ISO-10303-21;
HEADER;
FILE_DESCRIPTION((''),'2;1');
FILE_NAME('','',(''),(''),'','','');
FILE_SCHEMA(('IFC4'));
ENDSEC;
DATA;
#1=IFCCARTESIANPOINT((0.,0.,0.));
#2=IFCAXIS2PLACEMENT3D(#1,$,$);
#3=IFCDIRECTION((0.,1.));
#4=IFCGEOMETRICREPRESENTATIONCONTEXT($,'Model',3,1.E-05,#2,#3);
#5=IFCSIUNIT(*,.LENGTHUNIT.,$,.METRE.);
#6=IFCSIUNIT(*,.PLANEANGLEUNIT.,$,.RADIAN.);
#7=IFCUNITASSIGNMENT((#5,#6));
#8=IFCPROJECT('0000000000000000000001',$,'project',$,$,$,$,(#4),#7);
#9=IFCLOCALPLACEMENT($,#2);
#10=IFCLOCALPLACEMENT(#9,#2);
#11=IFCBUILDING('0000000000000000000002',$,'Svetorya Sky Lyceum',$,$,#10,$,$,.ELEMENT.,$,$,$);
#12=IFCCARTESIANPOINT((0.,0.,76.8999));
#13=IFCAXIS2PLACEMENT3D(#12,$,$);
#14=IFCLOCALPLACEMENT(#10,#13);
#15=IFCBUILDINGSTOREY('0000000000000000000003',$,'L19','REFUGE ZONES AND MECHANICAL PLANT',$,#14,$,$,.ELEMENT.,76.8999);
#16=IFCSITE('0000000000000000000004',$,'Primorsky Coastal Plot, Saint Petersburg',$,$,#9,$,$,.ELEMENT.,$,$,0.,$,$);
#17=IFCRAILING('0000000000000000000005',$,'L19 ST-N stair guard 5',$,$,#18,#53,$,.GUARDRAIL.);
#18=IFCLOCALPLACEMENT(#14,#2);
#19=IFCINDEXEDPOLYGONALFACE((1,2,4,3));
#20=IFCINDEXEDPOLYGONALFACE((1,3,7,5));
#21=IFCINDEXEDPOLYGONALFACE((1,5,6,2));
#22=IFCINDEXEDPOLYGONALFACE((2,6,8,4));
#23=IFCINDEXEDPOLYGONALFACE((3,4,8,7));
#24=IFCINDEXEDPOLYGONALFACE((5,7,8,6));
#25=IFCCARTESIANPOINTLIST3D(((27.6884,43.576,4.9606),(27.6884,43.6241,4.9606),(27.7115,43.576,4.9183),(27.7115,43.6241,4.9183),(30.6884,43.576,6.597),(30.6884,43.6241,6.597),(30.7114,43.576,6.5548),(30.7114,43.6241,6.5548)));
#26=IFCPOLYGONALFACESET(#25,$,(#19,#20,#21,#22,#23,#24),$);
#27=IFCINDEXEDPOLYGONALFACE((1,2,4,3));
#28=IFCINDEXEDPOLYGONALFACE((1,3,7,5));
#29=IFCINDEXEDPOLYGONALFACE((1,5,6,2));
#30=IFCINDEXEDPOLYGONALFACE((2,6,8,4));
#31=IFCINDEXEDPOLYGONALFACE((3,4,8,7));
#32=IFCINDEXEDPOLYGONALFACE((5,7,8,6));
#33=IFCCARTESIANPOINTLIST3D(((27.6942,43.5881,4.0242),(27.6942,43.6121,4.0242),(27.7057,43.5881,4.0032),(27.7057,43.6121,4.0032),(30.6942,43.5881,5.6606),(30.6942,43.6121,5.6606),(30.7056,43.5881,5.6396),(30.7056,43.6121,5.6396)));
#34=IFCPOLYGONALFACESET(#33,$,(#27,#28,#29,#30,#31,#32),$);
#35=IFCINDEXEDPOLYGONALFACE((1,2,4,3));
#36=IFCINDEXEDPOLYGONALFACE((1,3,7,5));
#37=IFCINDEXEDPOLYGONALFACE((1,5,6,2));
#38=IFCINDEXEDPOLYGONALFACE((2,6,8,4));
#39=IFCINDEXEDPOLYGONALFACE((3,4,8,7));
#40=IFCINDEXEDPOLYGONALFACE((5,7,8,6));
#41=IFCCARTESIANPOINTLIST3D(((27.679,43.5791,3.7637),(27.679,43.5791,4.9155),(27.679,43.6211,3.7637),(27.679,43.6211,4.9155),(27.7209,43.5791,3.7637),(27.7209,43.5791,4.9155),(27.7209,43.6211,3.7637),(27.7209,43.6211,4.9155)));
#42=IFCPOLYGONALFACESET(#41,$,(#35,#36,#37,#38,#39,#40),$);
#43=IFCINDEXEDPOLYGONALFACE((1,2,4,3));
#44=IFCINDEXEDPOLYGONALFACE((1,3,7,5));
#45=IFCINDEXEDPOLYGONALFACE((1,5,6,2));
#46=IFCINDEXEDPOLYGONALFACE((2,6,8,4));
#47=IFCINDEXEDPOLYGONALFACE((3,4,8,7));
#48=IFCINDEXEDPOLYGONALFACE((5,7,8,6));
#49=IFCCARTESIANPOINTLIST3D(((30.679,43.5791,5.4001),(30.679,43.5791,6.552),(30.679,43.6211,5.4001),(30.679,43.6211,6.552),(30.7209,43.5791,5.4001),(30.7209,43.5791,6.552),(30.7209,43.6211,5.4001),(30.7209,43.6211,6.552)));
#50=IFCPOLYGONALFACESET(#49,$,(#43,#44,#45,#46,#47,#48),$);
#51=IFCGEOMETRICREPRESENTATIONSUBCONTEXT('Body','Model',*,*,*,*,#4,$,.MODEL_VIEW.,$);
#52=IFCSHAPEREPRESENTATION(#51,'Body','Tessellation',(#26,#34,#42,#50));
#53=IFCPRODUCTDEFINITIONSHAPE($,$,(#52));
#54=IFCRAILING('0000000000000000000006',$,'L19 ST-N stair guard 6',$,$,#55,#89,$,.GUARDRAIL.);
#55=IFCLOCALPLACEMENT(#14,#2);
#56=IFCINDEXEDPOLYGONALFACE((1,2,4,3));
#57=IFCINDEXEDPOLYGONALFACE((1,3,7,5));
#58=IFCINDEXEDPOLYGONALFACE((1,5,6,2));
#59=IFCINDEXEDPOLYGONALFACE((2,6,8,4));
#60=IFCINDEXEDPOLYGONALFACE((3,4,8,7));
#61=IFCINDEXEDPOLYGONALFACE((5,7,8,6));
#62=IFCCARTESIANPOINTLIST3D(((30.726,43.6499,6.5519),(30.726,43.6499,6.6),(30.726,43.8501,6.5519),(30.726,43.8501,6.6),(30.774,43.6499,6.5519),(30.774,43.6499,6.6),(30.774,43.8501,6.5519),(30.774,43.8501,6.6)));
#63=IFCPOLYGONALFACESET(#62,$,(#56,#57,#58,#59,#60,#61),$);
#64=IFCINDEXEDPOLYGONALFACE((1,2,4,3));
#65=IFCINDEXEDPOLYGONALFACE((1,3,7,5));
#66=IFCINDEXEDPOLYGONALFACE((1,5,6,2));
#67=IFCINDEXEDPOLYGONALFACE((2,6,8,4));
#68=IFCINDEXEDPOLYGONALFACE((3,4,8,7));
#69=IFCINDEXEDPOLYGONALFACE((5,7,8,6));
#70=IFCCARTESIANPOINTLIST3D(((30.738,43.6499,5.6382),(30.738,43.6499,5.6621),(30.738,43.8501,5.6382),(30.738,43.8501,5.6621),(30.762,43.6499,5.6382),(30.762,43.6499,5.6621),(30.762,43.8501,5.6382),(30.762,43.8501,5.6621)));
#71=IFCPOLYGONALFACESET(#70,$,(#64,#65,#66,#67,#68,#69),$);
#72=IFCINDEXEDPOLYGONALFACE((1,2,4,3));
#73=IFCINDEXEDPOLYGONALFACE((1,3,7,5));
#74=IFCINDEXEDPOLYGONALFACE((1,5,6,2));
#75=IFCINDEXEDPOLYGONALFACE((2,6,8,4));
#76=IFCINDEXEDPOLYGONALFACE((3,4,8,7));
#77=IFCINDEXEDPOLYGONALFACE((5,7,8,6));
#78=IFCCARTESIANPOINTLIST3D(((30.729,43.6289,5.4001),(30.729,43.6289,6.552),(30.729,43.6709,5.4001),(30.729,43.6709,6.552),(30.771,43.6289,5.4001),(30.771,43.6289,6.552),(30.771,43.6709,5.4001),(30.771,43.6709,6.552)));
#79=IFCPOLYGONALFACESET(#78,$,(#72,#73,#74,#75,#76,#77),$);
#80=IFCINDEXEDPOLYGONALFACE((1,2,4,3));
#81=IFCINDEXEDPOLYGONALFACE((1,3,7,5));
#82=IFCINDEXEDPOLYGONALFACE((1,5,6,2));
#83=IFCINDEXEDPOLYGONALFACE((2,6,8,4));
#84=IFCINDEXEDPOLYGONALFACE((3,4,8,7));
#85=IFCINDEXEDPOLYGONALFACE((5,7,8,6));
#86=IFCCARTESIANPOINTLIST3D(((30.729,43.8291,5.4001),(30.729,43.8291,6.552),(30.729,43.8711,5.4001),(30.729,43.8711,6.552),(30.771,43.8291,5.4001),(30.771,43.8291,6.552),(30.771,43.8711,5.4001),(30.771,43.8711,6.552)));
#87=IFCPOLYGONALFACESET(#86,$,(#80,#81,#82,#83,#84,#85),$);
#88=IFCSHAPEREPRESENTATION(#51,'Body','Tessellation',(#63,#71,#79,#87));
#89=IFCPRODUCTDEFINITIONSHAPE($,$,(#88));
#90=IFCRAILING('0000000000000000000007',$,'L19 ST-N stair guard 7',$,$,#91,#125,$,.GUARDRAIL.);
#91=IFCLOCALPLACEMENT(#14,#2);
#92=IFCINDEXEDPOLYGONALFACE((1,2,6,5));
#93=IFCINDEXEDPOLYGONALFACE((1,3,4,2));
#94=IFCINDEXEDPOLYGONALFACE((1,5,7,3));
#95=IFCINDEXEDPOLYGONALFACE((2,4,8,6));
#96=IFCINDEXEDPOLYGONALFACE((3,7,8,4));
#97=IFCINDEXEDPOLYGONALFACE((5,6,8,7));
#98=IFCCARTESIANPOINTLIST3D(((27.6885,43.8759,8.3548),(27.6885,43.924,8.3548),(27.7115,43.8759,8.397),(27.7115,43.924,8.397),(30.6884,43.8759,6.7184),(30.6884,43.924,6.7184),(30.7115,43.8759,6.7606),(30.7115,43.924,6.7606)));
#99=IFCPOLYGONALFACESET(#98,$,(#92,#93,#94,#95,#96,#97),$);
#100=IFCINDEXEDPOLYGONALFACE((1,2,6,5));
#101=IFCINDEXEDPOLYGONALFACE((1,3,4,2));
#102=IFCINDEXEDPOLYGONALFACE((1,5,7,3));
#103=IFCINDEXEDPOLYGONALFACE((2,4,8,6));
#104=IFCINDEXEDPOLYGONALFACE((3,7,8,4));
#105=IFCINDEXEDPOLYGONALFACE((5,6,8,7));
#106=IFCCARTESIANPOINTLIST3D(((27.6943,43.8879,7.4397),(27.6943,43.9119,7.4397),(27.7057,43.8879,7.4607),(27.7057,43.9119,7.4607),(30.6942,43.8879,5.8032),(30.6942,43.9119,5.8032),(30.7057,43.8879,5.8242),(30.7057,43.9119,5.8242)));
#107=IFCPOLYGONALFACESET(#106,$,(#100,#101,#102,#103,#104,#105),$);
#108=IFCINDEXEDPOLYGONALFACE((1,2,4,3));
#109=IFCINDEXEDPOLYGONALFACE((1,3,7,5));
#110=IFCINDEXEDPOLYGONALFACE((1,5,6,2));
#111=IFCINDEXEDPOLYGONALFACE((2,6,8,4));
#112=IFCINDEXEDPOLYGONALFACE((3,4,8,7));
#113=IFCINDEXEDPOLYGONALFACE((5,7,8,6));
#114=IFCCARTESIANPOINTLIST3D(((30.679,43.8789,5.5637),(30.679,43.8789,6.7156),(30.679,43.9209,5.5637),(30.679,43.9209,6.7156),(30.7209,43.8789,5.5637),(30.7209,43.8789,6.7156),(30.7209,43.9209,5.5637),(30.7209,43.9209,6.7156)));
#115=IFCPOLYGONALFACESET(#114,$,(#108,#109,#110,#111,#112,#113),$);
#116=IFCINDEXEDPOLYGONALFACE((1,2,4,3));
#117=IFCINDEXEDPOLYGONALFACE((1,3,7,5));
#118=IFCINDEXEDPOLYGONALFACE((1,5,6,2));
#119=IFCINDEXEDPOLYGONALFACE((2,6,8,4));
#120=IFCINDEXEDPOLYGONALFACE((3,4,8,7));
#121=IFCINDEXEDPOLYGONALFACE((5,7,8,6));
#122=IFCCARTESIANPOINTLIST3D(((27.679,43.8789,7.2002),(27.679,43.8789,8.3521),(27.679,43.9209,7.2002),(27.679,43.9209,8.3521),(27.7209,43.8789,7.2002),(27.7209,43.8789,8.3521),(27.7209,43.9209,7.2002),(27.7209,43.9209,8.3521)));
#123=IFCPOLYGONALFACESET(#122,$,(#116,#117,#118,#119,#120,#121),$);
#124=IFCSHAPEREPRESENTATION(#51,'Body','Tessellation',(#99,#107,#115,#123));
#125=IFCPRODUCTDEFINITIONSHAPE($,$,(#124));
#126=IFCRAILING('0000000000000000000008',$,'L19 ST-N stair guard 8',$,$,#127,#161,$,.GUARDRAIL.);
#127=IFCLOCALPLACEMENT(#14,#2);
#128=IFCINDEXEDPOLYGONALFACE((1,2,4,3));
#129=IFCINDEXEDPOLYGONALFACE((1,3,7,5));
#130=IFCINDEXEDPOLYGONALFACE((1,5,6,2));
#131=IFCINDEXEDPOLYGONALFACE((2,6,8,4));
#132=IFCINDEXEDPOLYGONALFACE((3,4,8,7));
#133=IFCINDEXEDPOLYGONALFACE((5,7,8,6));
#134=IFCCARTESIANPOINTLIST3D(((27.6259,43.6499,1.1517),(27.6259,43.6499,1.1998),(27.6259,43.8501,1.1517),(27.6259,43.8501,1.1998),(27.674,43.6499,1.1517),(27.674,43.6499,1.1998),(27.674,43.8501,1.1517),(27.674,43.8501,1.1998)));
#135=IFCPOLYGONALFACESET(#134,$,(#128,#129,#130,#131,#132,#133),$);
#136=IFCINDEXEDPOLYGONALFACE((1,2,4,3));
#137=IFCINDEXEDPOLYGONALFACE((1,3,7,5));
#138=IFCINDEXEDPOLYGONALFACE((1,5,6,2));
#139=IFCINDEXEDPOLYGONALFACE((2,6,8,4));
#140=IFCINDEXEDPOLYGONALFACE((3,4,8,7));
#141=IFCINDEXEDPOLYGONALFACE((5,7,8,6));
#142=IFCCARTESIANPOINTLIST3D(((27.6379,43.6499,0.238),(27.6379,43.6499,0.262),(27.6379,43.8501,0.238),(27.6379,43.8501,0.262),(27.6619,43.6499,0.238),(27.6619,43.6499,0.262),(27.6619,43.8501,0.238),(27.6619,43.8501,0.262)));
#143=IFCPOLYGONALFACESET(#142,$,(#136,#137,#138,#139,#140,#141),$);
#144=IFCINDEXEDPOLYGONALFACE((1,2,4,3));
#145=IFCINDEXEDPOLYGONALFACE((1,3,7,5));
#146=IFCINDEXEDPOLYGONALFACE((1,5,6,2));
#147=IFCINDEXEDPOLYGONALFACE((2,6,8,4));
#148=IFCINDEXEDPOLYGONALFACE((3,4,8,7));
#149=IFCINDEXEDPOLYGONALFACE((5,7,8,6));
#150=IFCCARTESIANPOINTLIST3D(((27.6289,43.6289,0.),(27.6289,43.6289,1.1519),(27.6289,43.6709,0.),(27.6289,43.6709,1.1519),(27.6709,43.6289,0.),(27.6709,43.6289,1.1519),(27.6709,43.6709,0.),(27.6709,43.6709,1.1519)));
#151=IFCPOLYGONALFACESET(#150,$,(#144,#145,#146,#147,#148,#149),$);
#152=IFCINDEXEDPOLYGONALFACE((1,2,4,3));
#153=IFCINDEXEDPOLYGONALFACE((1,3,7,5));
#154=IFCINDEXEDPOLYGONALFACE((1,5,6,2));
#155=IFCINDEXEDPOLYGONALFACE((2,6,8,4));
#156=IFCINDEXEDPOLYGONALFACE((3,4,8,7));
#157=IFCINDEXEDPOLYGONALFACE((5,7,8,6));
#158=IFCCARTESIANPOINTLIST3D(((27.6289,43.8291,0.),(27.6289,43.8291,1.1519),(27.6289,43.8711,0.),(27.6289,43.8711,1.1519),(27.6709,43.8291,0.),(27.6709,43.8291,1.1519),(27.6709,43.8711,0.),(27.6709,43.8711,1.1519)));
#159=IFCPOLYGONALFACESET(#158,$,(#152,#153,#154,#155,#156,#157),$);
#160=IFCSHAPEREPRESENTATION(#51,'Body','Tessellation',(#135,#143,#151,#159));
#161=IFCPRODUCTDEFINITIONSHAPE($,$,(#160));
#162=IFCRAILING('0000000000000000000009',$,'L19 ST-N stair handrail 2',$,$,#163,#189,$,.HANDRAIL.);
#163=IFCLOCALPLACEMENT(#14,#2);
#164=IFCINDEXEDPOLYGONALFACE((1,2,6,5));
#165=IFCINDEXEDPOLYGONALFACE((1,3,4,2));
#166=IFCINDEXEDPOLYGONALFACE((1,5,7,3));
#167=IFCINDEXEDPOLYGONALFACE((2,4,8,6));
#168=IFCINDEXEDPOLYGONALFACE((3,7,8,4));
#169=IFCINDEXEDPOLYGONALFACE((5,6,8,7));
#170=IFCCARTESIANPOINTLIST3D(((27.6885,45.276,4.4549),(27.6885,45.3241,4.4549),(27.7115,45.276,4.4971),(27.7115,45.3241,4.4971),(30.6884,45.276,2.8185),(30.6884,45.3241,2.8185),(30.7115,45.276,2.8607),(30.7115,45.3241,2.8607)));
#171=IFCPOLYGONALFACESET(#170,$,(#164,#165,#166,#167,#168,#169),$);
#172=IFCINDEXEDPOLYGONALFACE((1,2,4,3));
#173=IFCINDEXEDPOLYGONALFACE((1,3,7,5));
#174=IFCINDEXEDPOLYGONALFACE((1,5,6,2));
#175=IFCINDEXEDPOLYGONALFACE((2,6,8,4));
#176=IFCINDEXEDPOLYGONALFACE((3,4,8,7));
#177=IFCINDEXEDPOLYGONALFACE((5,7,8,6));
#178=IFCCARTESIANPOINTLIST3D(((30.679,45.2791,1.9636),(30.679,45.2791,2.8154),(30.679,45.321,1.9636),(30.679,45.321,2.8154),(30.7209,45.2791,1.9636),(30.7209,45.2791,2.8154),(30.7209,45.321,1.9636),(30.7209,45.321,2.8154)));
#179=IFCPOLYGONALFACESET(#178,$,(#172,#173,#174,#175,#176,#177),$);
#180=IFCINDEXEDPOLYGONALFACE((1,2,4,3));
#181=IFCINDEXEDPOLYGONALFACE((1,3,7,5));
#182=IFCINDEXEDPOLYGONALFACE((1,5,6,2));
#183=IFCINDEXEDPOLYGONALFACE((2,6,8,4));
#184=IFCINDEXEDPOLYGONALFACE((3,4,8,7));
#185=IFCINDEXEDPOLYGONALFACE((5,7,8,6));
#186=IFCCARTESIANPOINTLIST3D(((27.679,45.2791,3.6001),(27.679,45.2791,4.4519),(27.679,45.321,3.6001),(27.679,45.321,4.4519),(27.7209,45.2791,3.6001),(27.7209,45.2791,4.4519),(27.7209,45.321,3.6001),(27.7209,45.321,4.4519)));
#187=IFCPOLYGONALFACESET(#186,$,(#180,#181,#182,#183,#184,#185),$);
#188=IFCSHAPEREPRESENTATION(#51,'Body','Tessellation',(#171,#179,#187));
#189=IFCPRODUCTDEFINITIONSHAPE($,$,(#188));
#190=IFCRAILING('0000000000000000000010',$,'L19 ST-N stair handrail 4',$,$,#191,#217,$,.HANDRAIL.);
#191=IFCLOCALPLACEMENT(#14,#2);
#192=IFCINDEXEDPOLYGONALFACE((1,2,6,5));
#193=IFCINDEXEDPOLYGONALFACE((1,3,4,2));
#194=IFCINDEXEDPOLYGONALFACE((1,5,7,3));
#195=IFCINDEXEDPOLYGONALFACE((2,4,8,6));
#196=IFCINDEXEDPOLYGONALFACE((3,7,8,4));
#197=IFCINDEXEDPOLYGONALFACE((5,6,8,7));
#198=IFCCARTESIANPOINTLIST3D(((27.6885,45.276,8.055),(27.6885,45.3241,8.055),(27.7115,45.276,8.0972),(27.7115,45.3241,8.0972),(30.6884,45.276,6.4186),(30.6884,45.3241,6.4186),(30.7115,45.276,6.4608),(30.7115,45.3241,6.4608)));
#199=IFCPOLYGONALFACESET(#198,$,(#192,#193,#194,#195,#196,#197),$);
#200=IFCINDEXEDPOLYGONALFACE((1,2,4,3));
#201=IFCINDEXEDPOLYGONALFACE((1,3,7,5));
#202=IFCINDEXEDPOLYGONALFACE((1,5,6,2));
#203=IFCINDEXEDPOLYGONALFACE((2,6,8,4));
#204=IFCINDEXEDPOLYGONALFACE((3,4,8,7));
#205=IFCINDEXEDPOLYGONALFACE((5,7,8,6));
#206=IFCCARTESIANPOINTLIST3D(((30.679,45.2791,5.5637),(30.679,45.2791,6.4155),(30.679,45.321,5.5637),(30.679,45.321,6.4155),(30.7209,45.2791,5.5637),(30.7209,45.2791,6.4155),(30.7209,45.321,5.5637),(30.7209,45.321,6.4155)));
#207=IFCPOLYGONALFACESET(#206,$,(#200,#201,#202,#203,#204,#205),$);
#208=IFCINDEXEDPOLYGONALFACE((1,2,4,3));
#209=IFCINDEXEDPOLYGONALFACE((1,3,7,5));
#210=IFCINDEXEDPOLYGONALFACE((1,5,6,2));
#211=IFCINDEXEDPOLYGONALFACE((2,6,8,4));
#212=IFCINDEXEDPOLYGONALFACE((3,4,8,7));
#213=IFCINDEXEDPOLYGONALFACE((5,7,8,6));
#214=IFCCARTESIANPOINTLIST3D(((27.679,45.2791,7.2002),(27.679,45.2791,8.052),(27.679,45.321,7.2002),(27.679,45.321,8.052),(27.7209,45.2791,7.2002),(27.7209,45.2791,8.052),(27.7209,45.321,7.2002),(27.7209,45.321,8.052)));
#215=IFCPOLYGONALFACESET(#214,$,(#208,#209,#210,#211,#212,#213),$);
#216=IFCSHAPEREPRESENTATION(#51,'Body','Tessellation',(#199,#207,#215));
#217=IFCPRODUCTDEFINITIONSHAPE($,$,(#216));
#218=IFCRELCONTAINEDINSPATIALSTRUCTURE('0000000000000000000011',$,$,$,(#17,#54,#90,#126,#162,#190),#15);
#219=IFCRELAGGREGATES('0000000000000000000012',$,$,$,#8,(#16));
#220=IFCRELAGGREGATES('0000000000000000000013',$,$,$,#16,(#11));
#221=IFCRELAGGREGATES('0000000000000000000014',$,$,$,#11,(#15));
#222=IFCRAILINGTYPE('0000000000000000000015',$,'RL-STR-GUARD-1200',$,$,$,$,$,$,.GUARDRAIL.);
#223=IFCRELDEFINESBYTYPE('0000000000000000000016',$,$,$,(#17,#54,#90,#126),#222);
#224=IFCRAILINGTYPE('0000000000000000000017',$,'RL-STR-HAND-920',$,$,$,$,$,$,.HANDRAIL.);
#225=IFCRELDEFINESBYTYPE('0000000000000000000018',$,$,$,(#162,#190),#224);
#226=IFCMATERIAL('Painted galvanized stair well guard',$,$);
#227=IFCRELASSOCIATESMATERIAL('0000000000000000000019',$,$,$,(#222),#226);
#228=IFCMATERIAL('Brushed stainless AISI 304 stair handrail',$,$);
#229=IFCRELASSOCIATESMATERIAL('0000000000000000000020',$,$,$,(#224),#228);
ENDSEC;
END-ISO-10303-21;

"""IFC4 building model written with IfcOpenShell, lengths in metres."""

from ifc_helpers import new_model, si_unit, direction, frame, origin, origin_2d, place, context, subcontext, project, spatial, rectangle, extrude, material, type_object, element, save


model = new_model("IFC4")

# Units and contexts
model_context = context("Model", 3, precision=1e-05, world=origin(), true_north=direction((0.0, 1.0)))
body_context = subcontext(model_context, "Body", "Model", "MODEL_VIEW")
ifc_project = project(units=[si_unit("LENGTHUNIT", "METRE"), si_unit("PLANEANGLEUNIT", "RADIAN")], contexts=[model_context])

# Site, building, storey
site_placement = place(None, origin())
site = spatial("IfcSite", under=ifc_project, at=site_placement, Name="Primorsky Coastal Plot, Saint Petersburg", CompositionType="ELEMENT", RefElevation=0.0)
building_placement = place(site_placement, origin())
building = spatial("IfcBuilding", under=site, at=building_placement, Name="Svetorya Sky Lyceum", CompositionType="ELEMENT")
storey_placement = place(building_placement, frame((0.0, 0.0, 76.8999)))
storey = spatial("IfcBuildingStorey", under=building, at=storey_placement, Name="L19", Description="REFUGE ZONES AND MECHANICAL PLANT", CompositionType="ELEMENT", Elevation=76.8999)

# Railings
ifc_material_1 = material(Name="Painted galvanized stair well guard")
railing_type_1 = type_object("IfcRailingType", Name="RL-STR-GUARD-1200", PredefinedType="GUARDRAIL", material=ifc_material_1)
railing_1_placement = place(storey_placement, frame((27.7, 43.6001, 3.7637)))
element("IfcRailing", 1, at=railing_1_placement, inside=storey, type_object=railing_type_1, Name="L19 ST-N stair guard 5", PredefinedType="GUARDRAIL", context=body_context, shape_type="SweptSolid", body=[
    extrude(rectangle(XDim=0.0481, YDim=0.0481, at=origin_2d()), frame((0.0, 0.0, 1.1758), z_axis=(0.877882, 0.0, 0.478877), x_axis=(0.0, 1.0, 0.0)), (0.0, 0.0, 1.0), 3.4172),
    extrude(rectangle(XDim=0.0239, YDim=0.0239, at=origin_2d()), frame((0.0, 0.0, 0.25), z_axis=(0.877882, 0.0, 0.478877), x_axis=(0.0, 1.0, 0.0)), (0.0, 0.0, 1.0), 3.4172),
    extrude(rectangle(XDim=0.042, YDim=0.042, at=origin_2d()), origin(), (0.0, 0.0, 1.0), 1.1519),
    extrude(rectangle(XDim=0.042, YDim=0.042, at=origin_2d()), frame((3.0, 0.0, 1.6365)), (0.0, 0.0, 1.0), 1.1519),
])
railing_2_placement = place(storey_placement, frame((30.75, 43.6499, 5.4001)))
element("IfcRailing", 2, at=railing_2_placement, inside=storey, type_object=railing_type_1, Name="L19 ST-N stair guard 6", PredefinedType="GUARDRAIL", context=body_context, shape_type="SweptSolid", body=[
    extrude(rectangle(XDim=0.0481, YDim=0.0481, at=origin_2d()), frame((0.0, 0.0, 1.1758), z_axis=(0.0, 1.0, 0.0), x_axis=(-1.0, 0.0, 0.0)), (0.0, 0.0, 1.0), 0.2002),
    extrude(rectangle(XDim=0.0239, YDim=0.0239, at=origin_2d()), frame((0.0, 0.0, 0.25), z_axis=(0.0, 1.0, 0.0), x_axis=(-1.0, 0.0, 0.0)), (0.0, 0.0, 1.0), 0.2002),
    extrude(rectangle(XDim=0.042, YDim=0.042, at=origin_2d()), origin(), (0.0, 0.0, 1.0), 1.1519),
    extrude(rectangle(XDim=0.042, YDim=0.042, at=origin_2d()), frame((0.0, 0.2002, 0.0)), (0.0, 0.0, 1.0), 1.1519),
])
railing_3_placement = place(storey_placement, frame((30.7, 43.8999, 5.5637)))
element("IfcRailing", 3, at=railing_3_placement, inside=storey, type_object=railing_type_1, Name="L19 ST-N stair guard 7", PredefinedType="GUARDRAIL", context=body_context, shape_type="SweptSolid", body=[
    extrude(rectangle(XDim=0.0481, YDim=0.0481, at=origin_2d()), frame((0.0, 0.0, 1.1758), z_axis=(-0.877882, 0.0, 0.478877), x_axis=(0.0, -1.0, 0.0)), (0.0, 0.0, 1.0), 3.4172),
    extrude(rectangle(XDim=0.0239, YDim=0.0239, at=origin_2d()), frame((0.0, 0.0, 0.25), z_axis=(-0.877882, 0.0, 0.478877), x_axis=(0.0, -1.0, 0.0)), (0.0, 0.0, 1.0), 3.4172),
    extrude(rectangle(XDim=0.042, YDim=0.042, at=origin_2d()), origin(), (0.0, 0.0, 1.0), 1.1519),
    extrude(rectangle(XDim=0.042, YDim=0.042, at=origin_2d()), frame((-3.0, 0.0, 1.6365)), (0.0, 0.0, 1.0), 1.1519),
])
railing_4_placement = place(storey_placement, frame((27.6499, 43.6499, 0.0)))
element("IfcRailing", 4, at=railing_4_placement, inside=storey, type_object=railing_type_1, Name="L19 ST-N stair guard 8", PredefinedType="GUARDRAIL", context=body_context, shape_type="SweptSolid", body=[
    extrude(rectangle(XDim=0.0481, YDim=0.0481, at=origin_2d()), frame((0.0, 0.0, 1.1758), z_axis=(0.0, 1.0, 0.0), x_axis=(-1.0, 0.0, 0.0)), (0.0, 0.0, 1.0), 0.2002),
    extrude(rectangle(XDim=0.0239, YDim=0.0239, at=origin_2d()), frame((0.0, 0.0, 0.25), z_axis=(0.0, 1.0, 0.0), x_axis=(-1.0, 0.0, 0.0)), (0.0, 0.0, 1.0), 0.2002),
    extrude(rectangle(XDim=0.042, YDim=0.042, at=origin_2d()), origin(), (0.0, 0.0, 1.0), 1.1519),
    extrude(rectangle(XDim=0.042, YDim=0.042, at=origin_2d()), frame((0.0, 0.2002, 0.0)), (0.0, 0.0, 1.0), 1.1519),
])
ifc_material_2 = material(Name="Brushed stainless AISI 304 stair handrail")
railing_type_2 = type_object("IfcRailingType", Name="RL-STR-HAND-920", PredefinedType="HANDRAIL", material=ifc_material_2)
for number, where, name in (
    (5, (30.7, 45.3, 1.9636), "L19 ST-N stair handrail 2"),
    (6, (30.7, 45.3, 5.5637), "L19 ST-N stair handrail 4"),
):
    element("IfcRailing", number, at=place(storey_placement, frame(where)), inside=storey, type_object=railing_type_2, Name=name, PredefinedType="HANDRAIL", context=body_context, shape_type="SweptSolid", body=[
        extrude(rectangle(XDim=0.0481, YDim=0.0481, at=origin_2d()), frame((0.0, 0.0, 0.876), z_axis=(-0.877882, 0.0, 0.478877), x_axis=(0.0, -1.0, 0.0)), (0.0, 0.0, 1.0), 3.4172),
        extrude(rectangle(XDim=0.042, YDim=0.042, at=origin_2d()), origin(), (0.0, 0.0, 1.0), 0.8518),
        extrude(rectangle(XDim=0.042, YDim=0.042, at=origin_2d()), frame((-3.0, 0.0, 1.6365)), (0.0, 0.0, 1.0), 0.8518),
    ])

save(model, "model.ifc")
